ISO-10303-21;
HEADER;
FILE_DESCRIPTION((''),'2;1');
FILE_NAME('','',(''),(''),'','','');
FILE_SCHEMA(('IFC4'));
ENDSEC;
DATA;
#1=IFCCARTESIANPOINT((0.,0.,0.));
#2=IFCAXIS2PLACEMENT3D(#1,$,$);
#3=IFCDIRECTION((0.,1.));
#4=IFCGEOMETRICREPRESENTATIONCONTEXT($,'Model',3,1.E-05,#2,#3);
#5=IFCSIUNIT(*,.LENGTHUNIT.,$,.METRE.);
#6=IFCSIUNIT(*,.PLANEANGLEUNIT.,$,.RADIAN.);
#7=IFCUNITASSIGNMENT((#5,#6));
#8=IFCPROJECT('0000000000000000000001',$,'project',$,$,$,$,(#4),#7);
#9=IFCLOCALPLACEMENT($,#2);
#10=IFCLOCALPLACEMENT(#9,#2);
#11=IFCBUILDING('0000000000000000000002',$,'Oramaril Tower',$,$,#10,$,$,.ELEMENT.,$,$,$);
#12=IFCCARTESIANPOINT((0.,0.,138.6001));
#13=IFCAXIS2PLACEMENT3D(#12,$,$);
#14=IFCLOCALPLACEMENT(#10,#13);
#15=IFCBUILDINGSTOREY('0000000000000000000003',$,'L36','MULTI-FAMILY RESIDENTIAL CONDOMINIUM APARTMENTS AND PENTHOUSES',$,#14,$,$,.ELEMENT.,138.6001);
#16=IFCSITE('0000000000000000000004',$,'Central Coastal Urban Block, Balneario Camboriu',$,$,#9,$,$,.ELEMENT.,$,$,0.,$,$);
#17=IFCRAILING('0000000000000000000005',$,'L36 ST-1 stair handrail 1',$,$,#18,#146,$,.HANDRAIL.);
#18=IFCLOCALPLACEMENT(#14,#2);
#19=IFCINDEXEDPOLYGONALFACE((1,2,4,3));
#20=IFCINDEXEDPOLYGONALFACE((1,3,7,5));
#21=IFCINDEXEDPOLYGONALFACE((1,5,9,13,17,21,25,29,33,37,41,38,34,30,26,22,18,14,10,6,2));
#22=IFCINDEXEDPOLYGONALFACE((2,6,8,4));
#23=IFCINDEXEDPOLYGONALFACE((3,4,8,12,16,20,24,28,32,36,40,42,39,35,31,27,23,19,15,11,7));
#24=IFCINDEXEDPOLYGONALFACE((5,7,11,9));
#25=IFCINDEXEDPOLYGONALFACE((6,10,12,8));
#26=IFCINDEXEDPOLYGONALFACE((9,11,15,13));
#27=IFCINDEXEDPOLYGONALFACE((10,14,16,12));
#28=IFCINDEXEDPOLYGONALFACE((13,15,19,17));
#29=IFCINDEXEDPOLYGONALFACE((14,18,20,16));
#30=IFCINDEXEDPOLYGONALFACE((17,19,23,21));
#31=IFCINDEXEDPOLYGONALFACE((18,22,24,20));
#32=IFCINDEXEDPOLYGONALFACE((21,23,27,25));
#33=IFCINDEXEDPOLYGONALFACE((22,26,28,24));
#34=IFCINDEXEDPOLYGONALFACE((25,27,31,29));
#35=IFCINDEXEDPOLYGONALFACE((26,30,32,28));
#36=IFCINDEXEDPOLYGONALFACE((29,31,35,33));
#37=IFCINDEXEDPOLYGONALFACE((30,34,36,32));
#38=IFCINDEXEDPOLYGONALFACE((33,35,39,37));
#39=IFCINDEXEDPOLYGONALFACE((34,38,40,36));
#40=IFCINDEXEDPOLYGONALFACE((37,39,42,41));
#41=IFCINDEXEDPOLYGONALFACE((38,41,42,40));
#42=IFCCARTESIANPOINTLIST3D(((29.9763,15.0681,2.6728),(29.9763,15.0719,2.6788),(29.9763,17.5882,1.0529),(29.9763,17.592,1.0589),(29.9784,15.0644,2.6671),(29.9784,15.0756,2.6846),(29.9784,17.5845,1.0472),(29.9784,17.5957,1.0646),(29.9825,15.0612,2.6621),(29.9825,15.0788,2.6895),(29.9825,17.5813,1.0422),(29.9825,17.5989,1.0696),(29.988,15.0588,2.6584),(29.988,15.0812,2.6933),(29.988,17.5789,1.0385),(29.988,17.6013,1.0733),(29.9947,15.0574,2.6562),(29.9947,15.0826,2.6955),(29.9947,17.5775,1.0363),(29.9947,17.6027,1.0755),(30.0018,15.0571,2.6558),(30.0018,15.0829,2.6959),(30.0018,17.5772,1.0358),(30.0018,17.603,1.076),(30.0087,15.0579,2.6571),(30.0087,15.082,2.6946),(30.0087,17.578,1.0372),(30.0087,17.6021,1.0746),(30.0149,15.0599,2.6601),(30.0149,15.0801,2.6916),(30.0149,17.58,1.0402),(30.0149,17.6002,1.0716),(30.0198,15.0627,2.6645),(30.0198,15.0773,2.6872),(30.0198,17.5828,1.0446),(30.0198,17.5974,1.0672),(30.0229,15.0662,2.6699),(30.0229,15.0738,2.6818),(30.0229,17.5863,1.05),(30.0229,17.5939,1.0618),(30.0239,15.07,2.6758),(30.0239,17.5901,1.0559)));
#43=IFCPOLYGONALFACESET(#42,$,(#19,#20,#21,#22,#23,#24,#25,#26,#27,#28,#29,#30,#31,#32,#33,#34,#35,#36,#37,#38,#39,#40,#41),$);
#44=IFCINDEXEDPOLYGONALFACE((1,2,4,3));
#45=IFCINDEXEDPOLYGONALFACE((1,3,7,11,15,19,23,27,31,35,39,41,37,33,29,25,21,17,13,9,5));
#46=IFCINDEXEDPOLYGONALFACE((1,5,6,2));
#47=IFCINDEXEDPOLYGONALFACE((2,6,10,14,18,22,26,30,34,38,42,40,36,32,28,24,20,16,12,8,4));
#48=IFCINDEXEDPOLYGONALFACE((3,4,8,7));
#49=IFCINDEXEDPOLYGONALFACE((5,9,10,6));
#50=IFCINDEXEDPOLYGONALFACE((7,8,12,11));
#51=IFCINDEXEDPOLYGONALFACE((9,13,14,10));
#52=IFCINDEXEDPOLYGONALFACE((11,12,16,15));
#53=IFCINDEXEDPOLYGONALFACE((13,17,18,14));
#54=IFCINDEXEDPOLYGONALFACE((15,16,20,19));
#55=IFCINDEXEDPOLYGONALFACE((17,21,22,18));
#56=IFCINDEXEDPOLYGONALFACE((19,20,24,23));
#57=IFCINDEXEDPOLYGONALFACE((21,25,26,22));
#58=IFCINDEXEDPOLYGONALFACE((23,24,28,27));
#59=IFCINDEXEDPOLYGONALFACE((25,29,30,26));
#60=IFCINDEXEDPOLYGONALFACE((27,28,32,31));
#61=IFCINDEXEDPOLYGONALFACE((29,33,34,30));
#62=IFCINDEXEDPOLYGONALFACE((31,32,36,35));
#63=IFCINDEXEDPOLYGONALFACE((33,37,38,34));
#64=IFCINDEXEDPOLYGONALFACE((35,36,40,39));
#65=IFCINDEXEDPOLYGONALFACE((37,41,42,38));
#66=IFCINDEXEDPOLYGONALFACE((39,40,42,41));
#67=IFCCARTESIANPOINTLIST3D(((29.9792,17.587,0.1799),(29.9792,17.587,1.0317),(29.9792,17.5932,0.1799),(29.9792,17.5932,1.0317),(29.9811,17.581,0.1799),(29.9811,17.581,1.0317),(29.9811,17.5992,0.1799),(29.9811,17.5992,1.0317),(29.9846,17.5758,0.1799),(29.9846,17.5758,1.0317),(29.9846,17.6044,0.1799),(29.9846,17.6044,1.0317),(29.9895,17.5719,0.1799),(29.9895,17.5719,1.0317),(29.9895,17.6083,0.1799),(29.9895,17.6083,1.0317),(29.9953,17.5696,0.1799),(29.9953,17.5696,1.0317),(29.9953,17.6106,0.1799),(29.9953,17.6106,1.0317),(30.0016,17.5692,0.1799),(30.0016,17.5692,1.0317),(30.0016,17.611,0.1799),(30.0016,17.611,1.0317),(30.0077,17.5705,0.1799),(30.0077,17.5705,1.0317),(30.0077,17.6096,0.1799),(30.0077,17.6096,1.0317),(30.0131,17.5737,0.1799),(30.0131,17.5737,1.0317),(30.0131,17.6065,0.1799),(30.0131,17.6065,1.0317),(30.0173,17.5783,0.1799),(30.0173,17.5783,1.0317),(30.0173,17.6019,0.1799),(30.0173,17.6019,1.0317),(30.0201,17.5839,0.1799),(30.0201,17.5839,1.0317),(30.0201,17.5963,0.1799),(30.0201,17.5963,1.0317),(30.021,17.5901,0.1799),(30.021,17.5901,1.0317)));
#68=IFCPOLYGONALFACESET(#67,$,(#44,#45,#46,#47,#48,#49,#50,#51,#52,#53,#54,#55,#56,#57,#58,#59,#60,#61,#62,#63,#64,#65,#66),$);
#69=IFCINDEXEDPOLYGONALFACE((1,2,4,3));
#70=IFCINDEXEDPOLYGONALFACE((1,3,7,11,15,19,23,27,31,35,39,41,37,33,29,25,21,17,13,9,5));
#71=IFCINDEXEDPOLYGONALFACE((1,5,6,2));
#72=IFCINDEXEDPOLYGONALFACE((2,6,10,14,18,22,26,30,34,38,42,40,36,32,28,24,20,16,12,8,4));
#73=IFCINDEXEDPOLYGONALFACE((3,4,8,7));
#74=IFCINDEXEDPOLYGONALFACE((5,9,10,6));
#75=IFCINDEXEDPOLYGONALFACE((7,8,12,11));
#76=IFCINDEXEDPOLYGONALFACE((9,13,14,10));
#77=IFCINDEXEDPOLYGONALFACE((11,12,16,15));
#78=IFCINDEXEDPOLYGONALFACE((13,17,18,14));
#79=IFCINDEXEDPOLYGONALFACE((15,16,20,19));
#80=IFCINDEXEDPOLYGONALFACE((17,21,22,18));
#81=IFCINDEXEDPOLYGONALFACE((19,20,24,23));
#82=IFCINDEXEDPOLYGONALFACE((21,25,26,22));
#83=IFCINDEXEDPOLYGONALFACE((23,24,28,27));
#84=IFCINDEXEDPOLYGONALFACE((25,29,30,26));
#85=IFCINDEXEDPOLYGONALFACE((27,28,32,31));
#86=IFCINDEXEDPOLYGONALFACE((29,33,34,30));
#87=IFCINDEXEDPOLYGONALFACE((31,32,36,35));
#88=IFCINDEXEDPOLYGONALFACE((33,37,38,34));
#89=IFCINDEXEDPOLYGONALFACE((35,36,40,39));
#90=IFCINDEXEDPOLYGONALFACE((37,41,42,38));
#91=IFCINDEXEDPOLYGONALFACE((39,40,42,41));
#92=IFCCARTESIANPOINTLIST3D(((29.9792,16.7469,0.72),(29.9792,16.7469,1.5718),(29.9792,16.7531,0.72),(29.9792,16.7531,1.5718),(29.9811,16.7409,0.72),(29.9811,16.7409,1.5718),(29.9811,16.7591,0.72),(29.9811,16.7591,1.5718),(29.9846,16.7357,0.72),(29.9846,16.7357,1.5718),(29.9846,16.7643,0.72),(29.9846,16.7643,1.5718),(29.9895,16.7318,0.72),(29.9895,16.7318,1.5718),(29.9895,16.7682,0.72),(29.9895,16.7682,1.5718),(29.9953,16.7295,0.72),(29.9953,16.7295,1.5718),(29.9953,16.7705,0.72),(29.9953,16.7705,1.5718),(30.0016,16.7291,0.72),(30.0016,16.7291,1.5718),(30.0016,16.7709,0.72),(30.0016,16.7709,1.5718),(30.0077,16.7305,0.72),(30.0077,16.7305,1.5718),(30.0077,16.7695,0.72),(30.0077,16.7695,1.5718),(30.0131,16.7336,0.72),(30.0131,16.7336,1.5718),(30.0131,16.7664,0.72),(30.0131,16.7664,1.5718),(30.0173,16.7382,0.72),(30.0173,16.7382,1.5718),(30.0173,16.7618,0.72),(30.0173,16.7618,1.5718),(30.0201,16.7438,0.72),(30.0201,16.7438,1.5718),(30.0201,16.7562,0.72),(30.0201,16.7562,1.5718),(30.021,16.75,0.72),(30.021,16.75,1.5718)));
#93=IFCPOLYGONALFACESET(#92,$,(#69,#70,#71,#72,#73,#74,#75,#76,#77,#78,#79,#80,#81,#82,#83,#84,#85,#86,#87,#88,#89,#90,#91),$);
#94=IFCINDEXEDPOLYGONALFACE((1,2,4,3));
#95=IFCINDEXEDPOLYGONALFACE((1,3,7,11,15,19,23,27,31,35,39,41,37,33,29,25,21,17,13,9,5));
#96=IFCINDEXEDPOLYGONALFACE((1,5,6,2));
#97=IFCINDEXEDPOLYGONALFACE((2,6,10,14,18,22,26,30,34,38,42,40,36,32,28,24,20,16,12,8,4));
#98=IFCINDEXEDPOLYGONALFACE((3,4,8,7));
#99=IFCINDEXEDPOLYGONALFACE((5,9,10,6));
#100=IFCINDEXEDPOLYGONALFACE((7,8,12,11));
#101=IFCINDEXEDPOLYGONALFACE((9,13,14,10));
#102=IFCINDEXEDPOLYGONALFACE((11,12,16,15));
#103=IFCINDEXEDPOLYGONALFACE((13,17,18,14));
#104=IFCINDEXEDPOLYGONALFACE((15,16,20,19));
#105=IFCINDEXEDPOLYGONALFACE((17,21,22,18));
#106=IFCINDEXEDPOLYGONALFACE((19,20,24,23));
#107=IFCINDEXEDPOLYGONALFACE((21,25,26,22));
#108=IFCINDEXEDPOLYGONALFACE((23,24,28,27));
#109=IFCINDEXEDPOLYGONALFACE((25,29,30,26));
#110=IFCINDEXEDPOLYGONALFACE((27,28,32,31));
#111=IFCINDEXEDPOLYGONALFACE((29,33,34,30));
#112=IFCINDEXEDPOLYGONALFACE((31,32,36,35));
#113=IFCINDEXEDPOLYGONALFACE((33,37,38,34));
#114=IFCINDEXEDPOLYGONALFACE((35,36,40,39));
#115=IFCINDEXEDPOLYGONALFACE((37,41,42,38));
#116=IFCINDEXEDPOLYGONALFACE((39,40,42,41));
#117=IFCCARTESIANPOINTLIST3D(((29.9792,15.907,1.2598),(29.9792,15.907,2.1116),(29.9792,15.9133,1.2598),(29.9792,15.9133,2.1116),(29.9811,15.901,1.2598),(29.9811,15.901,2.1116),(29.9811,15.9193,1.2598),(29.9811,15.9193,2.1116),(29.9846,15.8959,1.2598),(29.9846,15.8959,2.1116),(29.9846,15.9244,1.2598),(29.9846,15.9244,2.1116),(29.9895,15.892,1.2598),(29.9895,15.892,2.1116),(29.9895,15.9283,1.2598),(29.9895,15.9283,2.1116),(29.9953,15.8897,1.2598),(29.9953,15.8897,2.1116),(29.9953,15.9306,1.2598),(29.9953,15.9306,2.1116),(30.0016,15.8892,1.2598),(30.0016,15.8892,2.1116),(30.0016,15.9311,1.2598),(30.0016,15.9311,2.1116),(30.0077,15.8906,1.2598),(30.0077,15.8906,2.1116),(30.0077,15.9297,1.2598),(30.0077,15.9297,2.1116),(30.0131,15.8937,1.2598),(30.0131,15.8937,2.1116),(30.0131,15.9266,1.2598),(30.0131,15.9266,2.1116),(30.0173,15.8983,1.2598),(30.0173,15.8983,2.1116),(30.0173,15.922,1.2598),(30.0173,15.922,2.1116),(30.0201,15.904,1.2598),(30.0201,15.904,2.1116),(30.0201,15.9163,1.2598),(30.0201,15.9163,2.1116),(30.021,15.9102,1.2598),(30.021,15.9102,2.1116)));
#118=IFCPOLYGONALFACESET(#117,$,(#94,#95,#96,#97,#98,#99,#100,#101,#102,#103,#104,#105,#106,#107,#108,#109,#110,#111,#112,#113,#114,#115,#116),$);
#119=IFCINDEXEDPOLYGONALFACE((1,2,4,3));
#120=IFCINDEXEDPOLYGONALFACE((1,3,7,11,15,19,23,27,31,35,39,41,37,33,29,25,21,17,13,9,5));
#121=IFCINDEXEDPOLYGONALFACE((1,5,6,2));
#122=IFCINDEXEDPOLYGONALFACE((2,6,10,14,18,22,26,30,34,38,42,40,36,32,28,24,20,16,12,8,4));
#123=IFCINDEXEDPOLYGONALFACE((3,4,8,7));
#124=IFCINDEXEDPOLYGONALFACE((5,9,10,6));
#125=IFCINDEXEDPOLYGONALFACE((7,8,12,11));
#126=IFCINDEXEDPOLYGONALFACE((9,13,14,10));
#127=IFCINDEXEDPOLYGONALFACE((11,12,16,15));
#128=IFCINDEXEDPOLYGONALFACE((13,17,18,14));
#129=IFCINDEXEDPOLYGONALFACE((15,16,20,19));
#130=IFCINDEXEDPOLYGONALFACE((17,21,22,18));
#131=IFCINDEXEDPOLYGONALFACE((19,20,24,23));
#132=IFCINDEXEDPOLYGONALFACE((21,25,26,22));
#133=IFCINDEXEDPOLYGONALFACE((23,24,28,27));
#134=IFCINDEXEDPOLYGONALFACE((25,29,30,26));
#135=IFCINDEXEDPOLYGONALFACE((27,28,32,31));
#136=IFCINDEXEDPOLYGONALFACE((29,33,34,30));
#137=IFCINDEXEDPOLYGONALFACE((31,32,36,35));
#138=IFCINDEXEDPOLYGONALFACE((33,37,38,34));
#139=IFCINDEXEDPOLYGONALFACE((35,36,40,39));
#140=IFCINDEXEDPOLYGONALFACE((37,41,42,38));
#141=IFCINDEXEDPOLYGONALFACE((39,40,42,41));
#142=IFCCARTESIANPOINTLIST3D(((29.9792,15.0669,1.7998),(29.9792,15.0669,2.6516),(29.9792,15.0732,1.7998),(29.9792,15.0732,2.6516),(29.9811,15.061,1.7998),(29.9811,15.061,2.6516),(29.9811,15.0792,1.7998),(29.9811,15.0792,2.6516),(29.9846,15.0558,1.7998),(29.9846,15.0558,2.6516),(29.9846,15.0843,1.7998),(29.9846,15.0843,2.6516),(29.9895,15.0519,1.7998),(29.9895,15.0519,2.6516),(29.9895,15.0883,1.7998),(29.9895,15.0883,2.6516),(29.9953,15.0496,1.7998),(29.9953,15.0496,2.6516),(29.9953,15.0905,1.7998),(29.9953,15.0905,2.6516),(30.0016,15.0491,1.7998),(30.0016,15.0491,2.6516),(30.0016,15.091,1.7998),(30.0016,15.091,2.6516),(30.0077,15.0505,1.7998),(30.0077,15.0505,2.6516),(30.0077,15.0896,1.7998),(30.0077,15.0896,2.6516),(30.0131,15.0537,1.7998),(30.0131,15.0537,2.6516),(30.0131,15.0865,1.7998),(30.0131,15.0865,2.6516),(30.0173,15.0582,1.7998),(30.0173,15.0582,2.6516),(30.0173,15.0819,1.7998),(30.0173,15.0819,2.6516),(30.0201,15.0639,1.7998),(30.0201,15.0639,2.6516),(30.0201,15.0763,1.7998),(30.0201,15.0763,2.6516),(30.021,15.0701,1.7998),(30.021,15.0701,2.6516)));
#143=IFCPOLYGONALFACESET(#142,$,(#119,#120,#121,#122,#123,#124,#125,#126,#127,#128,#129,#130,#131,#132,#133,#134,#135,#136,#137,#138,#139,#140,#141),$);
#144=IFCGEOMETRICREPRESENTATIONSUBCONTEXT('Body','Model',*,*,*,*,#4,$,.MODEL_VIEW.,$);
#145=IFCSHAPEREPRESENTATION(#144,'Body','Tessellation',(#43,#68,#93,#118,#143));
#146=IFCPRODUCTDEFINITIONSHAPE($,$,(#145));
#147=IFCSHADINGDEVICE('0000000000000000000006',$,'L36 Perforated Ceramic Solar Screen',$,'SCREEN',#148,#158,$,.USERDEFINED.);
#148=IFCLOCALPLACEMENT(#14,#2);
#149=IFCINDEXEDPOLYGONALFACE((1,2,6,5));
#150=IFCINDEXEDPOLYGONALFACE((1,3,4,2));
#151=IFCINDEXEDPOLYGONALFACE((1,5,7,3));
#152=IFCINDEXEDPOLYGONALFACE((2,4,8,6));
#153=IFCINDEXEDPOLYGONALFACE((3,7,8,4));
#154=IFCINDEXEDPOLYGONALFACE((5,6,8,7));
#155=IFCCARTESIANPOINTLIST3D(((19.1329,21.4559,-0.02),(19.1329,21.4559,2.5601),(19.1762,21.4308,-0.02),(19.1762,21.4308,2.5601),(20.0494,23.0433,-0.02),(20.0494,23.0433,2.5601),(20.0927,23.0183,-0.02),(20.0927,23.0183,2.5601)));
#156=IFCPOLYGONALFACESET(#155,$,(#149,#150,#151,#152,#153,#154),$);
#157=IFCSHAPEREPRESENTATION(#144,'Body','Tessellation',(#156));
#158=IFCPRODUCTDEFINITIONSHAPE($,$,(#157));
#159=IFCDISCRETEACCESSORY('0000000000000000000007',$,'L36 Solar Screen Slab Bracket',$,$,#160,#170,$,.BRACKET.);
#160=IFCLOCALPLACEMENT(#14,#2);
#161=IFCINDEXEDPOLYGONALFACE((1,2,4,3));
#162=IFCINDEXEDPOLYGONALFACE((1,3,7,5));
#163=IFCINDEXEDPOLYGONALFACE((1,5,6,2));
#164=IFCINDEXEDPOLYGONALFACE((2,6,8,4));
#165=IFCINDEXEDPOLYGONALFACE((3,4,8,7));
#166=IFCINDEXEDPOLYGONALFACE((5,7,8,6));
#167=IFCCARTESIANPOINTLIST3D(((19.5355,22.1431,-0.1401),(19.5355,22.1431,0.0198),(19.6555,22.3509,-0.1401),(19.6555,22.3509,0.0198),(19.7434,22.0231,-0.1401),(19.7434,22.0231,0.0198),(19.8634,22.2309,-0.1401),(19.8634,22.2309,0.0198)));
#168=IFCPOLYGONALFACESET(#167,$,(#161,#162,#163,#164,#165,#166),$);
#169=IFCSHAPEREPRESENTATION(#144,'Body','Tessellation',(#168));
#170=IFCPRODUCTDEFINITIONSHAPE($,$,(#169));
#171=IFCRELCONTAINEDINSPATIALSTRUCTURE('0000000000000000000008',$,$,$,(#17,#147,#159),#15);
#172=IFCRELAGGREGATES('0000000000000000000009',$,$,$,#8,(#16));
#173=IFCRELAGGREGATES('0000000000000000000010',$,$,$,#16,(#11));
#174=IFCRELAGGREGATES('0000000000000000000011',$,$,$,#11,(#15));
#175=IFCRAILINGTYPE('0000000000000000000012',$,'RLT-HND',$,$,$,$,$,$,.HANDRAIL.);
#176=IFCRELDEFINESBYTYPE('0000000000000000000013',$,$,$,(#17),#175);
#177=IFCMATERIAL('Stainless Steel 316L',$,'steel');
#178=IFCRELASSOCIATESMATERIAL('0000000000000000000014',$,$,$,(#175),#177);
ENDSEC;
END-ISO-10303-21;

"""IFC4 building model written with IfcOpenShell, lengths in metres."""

from ifc_helpers import new_model, si_unit, direction, frame, origin, origin_2d, place, context, subcontext, project, spatial, rectangle, circle, extrude, material, type_object, element, save


model = new_model("IFC4")

# Units and contexts
model_context = context("Model", 3, precision=1e-05, world=origin(), true_north=direction((0.0, 1.0)))
body_context = subcontext(model_context, "Body", "Model", "MODEL_VIEW")
ifc_project = project(units=[si_unit("LENGTHUNIT", "METRE"), si_unit("PLANEANGLEUNIT", "RADIAN")], contexts=[model_context])

# Site, building, storey
site_placement = place(None, origin())
site = spatial("IfcSite", under=ifc_project, at=site_placement, Name="Central Coastal Urban Block, Balneario Camboriu", CompositionType="ELEMENT", RefElevation=0.0)
building_placement = place(site_placement, origin())
building = spatial("IfcBuilding", under=site, at=building_placement, Name="Oramaril Tower", CompositionType="ELEMENT")
storey_placement = place(building_placement, frame((0.0, 0.0, 138.6001)))
storey = spatial("IfcBuildingStorey", under=building, at=storey_placement, Name="L36", Description="MULTI-FAMILY RESIDENTIAL CONDOMINIUM APARTMENTS AND PENTHOUSES", CompositionType="ELEMENT", Elevation=138.6001)

# Railing
ifc_material_1 = material(Name="Stainless Steel 316L", Category="steel")
railing_type_1 = type_object("IfcRailingType", Name="RLT-HND", PredefinedType="HANDRAIL", material=ifc_material_1)
railing_1_placement = place(storey_placement, frame((30.0, 17.5901, 0.1799)))
element("IfcRailing", 1, at=railing_1_placement, inside=storey, type_object=railing_type_1, Name="L36 ST-1 stair handrail 1", PredefinedType="HANDRAIL", context=body_context, shape_type="SweptSolid", body=[
    extrude(circle(Radius=0.0239, at=origin_2d()), frame((0.0, 0.0, 0.876), z_axis=(0.0, -0.8412, 0.540725), x_axis=(1.0, 0.0, 0.0)), (0.0, 0.0, 1.0), 2.9958),
    extrude(circle(Radius=0.021, at=origin_2d()), origin(), (0.0, 0.0, 1.0), 0.8518),
    extrude(circle(Radius=0.021, at=origin_2d()), frame((0.0, -0.8401, 0.54)), (0.0, 0.0, 1.0), 0.8518),
    extrude(circle(Radius=0.021, at=origin_2d()), frame((0.0, -1.6799, 1.0798)), (0.0, 0.0, 1.0), 0.8518),
    extrude(circle(Radius=0.021, at=origin_2d()), frame((0.0, -2.52, 1.6199)), (0.0, 0.0, 1.0), 0.8518),
])

# Shading device
shading_device_placement = place(storey_placement, frame((19.6128, 22.2371, -0.02), z_axis=(0.0, 0.0, 1.0), x_axis=(-0.5, -0.866025, 0.0)))
element("IfcShadingDevice", 2, at=shading_device_placement, inside=storey, Name="L36 Perforated Ceramic Solar Screen", ObjectType="SCREEN", PredefinedType="USERDEFINED", context=body_context, shape_type="SweptSolid", body=[
    extrude(rectangle(XDim=1.833, YDim=0.05, at=origin_2d()), origin(), (0.0, 0.0, 1.0), 2.5801),
])

# Discrete accessory
discrete_accessory_placement = place(storey_placement, frame((19.6995, 22.187, -0.1401), z_axis=(0.0, 0.0, 1.0), x_axis=(-0.5, -0.866025, 0.0)))
element("IfcDiscreteAccessory", 3, at=discrete_accessory_placement, inside=storey, Name="L36 Solar Screen Slab Bracket", PredefinedType="BRACKET", context=body_context, shape_type="SweptSolid", body=[
    extrude(rectangle(XDim=0.24, YDim=0.24, at=origin_2d()), origin(), (0.0, 0.0, 1.0), 0.1599),
])

save(model, "model.ifc")
